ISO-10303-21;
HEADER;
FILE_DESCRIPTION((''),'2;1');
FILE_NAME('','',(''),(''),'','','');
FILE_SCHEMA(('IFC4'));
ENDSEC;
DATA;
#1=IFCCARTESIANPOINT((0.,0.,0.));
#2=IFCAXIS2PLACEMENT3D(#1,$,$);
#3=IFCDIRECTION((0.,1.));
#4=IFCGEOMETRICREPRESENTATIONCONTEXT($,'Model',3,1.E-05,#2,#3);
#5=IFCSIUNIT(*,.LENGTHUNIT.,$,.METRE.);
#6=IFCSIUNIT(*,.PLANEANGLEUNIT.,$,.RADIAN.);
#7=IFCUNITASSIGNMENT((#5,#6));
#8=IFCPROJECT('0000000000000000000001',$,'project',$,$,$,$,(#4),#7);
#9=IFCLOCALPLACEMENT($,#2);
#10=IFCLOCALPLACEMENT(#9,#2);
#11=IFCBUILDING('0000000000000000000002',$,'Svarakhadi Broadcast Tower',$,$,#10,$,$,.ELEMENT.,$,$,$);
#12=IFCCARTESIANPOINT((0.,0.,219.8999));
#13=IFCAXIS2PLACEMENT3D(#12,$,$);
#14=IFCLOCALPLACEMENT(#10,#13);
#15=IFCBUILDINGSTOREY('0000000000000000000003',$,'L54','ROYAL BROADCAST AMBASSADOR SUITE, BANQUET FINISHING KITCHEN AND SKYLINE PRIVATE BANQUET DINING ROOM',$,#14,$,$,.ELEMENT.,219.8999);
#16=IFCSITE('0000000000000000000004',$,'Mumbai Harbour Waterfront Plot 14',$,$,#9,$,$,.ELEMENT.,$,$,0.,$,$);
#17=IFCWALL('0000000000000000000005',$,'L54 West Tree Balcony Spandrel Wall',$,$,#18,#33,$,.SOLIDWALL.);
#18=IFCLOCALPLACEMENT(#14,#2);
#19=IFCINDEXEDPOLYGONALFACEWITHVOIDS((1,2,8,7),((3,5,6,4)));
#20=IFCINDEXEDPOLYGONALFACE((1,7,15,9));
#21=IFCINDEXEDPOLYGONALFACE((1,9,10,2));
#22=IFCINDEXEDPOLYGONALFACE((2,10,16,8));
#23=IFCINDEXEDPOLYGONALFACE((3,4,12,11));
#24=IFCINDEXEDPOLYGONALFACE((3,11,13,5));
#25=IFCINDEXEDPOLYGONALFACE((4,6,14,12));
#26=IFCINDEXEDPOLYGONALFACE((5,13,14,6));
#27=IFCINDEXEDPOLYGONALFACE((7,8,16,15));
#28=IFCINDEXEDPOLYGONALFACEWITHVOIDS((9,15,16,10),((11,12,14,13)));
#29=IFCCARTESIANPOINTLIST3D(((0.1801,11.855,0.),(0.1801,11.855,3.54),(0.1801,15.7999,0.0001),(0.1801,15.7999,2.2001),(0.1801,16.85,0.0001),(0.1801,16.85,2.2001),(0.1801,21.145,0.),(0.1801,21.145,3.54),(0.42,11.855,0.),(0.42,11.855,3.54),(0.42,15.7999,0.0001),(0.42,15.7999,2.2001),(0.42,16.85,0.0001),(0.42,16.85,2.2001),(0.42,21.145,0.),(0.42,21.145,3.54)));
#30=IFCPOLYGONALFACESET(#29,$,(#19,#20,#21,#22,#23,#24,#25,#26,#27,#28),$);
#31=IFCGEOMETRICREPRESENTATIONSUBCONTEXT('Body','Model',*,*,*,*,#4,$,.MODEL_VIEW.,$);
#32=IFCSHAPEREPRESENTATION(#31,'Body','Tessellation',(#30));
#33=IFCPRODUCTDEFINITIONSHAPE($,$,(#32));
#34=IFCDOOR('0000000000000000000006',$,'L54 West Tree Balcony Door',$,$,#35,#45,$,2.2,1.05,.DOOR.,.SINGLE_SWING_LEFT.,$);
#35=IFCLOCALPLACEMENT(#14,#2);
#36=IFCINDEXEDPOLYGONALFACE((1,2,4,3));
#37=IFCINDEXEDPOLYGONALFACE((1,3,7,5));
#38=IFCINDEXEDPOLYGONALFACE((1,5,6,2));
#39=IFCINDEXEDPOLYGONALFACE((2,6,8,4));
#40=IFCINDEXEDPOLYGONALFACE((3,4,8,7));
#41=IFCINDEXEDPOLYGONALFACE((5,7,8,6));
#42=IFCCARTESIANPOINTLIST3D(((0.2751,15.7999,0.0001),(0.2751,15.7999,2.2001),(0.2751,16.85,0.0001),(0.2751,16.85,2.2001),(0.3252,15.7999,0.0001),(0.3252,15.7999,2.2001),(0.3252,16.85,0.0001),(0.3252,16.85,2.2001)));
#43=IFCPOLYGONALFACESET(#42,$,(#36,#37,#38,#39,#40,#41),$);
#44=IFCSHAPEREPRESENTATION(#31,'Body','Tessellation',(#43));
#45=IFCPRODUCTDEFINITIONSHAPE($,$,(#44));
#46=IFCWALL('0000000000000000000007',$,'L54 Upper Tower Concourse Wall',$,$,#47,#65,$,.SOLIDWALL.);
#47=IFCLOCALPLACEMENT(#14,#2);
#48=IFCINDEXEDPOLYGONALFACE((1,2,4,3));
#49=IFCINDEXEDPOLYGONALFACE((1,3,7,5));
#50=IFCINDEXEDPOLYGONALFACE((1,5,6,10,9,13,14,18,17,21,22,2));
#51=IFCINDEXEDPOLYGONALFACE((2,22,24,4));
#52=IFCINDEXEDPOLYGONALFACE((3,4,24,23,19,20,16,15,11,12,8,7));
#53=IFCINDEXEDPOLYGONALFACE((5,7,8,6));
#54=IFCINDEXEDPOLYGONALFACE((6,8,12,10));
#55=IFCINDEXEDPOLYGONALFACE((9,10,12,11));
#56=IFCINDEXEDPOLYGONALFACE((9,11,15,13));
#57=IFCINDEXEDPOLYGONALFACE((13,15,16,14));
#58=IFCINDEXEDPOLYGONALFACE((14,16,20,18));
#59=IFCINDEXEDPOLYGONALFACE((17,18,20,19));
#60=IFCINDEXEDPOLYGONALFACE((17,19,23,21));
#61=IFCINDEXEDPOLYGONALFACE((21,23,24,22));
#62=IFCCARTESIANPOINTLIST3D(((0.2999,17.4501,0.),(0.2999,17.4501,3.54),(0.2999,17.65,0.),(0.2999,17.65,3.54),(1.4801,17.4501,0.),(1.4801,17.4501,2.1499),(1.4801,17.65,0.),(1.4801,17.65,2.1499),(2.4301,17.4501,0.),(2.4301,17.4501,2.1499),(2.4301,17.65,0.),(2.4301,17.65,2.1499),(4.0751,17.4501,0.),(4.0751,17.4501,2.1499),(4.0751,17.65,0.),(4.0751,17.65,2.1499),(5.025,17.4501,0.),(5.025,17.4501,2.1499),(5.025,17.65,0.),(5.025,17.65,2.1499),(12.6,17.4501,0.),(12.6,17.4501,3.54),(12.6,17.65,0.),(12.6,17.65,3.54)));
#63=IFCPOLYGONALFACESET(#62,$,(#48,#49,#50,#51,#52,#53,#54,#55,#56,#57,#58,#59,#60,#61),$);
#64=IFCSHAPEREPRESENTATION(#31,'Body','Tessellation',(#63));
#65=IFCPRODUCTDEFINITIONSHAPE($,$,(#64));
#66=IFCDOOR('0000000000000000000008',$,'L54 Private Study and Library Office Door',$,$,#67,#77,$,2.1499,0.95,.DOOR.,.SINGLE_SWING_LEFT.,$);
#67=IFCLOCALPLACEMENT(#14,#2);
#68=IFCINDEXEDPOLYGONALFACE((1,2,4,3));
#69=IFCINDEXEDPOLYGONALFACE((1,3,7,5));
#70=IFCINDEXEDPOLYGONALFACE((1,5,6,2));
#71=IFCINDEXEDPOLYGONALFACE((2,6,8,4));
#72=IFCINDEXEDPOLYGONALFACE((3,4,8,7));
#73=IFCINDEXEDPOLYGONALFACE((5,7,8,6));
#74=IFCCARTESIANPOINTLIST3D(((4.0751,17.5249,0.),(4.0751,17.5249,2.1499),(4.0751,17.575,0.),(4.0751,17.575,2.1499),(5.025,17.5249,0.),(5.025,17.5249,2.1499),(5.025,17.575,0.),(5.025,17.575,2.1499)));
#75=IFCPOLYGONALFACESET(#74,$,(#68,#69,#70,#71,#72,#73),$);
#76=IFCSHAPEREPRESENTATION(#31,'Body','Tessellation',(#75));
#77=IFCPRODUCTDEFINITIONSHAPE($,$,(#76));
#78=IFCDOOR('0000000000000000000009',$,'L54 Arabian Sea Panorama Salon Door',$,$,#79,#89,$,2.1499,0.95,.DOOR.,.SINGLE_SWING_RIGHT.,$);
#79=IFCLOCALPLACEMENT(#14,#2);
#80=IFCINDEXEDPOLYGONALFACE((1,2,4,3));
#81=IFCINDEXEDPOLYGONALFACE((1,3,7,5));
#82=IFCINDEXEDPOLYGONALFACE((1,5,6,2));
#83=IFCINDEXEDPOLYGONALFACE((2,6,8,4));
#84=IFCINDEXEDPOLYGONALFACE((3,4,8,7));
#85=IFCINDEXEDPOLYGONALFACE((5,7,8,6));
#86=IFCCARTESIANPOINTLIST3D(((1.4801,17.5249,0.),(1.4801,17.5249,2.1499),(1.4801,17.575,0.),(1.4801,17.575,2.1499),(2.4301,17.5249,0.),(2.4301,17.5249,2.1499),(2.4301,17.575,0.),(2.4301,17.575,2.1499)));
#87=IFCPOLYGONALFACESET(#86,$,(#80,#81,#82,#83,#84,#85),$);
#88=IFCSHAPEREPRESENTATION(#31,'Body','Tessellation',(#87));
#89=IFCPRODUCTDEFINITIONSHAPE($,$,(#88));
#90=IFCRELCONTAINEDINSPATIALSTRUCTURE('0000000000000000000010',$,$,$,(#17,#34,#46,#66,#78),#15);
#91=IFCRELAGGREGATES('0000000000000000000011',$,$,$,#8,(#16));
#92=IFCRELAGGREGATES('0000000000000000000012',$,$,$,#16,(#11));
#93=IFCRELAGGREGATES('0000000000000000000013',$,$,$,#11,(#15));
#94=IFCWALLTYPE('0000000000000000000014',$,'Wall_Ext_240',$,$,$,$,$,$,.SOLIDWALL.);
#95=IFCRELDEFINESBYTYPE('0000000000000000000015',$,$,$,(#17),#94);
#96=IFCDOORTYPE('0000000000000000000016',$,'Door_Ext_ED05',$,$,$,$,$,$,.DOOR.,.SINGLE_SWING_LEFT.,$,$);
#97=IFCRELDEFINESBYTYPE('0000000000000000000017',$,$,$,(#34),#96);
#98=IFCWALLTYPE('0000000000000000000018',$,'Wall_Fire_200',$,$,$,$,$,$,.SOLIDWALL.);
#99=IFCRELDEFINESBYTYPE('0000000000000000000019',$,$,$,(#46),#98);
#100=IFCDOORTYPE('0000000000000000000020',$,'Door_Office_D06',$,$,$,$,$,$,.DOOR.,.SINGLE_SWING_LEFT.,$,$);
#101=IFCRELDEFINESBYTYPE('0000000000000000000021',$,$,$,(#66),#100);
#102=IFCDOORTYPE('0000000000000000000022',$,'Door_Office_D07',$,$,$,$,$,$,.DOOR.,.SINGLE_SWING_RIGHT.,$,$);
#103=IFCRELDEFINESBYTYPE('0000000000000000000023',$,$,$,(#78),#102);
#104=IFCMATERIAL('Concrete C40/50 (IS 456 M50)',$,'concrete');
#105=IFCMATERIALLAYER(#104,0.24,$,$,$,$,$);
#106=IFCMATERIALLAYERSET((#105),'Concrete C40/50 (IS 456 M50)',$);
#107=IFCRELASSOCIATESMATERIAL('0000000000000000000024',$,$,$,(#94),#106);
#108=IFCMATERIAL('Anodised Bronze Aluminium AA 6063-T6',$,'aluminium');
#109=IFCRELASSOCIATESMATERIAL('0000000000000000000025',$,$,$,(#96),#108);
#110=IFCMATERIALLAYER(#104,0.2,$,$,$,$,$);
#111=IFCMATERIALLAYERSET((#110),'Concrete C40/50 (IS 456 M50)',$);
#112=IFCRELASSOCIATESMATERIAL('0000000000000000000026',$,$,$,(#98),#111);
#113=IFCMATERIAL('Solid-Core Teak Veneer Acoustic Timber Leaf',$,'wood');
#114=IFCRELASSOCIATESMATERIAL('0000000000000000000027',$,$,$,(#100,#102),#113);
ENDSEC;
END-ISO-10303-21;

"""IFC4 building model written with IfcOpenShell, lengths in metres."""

from ifc_helpers import new_model, si_unit, direction, frame, frame_2d, origin, place, context, subcontext, project, spatial, rectangle, extrude, material, layer, layer_set, type_object, element, fill, save


model = new_model("IFC4")

# Units and contexts
model_context = context("Model", 3, precision=1e-05, world=origin(), true_north=direction((0.0, 1.0)))
body_context = subcontext(model_context, "Body", "Model", "MODEL_VIEW")
ifc_project = project(units=[si_unit("LENGTHUNIT", "METRE"), si_unit("PLANEANGLEUNIT", "RADIAN")], contexts=[model_context])

# Site, building, storey
site_placement = place(None, origin())
site = spatial("IfcSite", under=ifc_project, at=site_placement, Name="Mumbai Harbour Waterfront Plot 14", CompositionType="ELEMENT", RefElevation=0.0)
building_placement = place(site_placement, origin())
building = spatial("IfcBuilding", under=site, at=building_placement, Name="Svarakhadi Broadcast Tower", CompositionType="ELEMENT")
storey_placement = place(building_placement, frame((0.0, 0.0, 219.8999)))
storey = spatial("IfcBuildingStorey", under=building, at=storey_placement, Name="L54", Description="ROYAL BROADCAST AMBASSADOR SUITE, BANQUET FINISHING KITCHEN AND SKYLINE PRIVATE BANQUET DINING ROOM", CompositionType="ELEMENT", Elevation=219.8999)

# Shared definitions
ifc_material_1 = material(Name="Anodised Bronze Aluminium AA 6063-T6", Category="aluminium")

# Wall, opening, door
ifc_material_2 = material(Name="Concrete C40/50 (IS 456 M50)", Category="concrete")
ifc_layer_1 = layer(ifc_material_2, 0.24)
ifc_layer_set_1 = layer_set([ifc_layer_1], Name="Concrete C40/50 (IS 456 M50)")
wall_type_1 = type_object("IfcWallType", Name="Wall_Ext_240", PredefinedType="SOLIDWALL", material=ifc_layer_set_1)
wall_1_placement = place(storey_placement, frame((0.3, 11.855, 0.0), z_axis=(0.0, 0.0, 1.0), x_axis=(0.0, 1.0, 0.0)))
wall_1 = element("IfcWall", 1, at=wall_1_placement, inside=storey, type_object=wall_type_1, Name="L54 West Tree Balcony Spandrel Wall", PredefinedType="SOLIDWALL", context=body_context, shape_type="SweptSolid", body=[
    extrude(rectangle(XDim=9.29, YDim=0.24, at=frame_2d((4.645, 0.0))), origin(), (0.0, 0.0, 1.0), 3.54),
])
opening_1_placement = place(wall_1_placement, frame((3.9451, 0.0, 0.0)))
opening_1 = element("IfcOpeningElement", 2, at=opening_1_placement, cuts=wall_1, PredefinedType="OPENING", context=body_context, shape_type="SweptSolid", body=[
    extrude(rectangle(XDim=1.05, YDim=2.2, at=frame_2d((0.5249, 1.1001))), frame((0.0, 0.1299, 0.0), z_axis=(0.0, -1.0, 0.0), x_axis=(1.0, 0.0, 0.0)), (0.0, 0.0, 1.0), 0.26),
])
door_type_1 = type_object("IfcDoorType", Name="Door_Ext_ED05", OperationType="SINGLE_SWING_LEFT", PredefinedType="DOOR", material=ifc_material_1)
door_1_placement = place(opening_1_placement, origin())
door_1 = element("IfcDoor", 3, at=door_1_placement, inside=storey, type_object=door_type_1, Name="L54 West Tree Balcony Door", OperationType="SINGLE_SWING_LEFT", OverallHeight=2.2, OverallWidth=1.05, PredefinedType="DOOR", context=body_context, shape_type="SweptSolid", body=[
    extrude(rectangle(XDim=1.05, YDim=2.2, at=frame_2d((0.5249, 1.1001))), frame((0.0, 0.0249, 0.0), z_axis=(0.0, -1.0, 0.0), x_axis=(1.0, 0.0, 0.0)), (0.0, 0.0, 1.0), 0.05),
])
fill(opening_1, door_1)

# Wall, openings, doors
ifc_layer_2 = layer(ifc_material_2, 0.2)
ifc_layer_set_2 = layer_set([ifc_layer_2], Name="Concrete C40/50 (IS 456 M50)")
wall_type_2 = type_object("IfcWallType", Name="Wall_Fire_200", PredefinedType="SOLIDWALL", material=ifc_layer_set_2)
wall_2_placement = place(storey_placement, frame((0.3, 17.55, 0.0), z_axis=(0.0, 0.0, 1.0), x_axis=(1.0, 0.0, 0.0)))
wall_2 = element("IfcWall", 4, at=wall_2_placement, inside=storey, type_object=wall_type_2, Name="L54 Upper Tower Concourse Wall", PredefinedType="SOLIDWALL", context=body_context, shape_type="SweptSolid", body=[
    extrude(rectangle(XDim=12.3, YDim=0.2, at=frame_2d((6.1499, 0.0))), origin(), (0.0, 0.0, 1.0), 3.54),
])
opening_2_placement = place(wall_2_placement, frame((1.1799, 0.0, 0.0)))
opening_2 = element("IfcOpeningElement", 5, at=opening_2_placement, cuts=wall_2, PredefinedType="OPENING", context=body_context, shape_type="SweptSolid", body=[
    extrude(rectangle(XDim=0.95, YDim=2.1499, at=frame_2d((0.4751, 1.075))), frame((0.0, 0.1099, 0.0), z_axis=(0.0, -1.0, 0.0), x_axis=(1.0, 0.0, 0.0)), (0.0, 0.0, 1.0), 0.22),
])
opening_3_placement = place(wall_2_placement, frame((3.7749, 0.0, 0.0)))
opening_3 = element("IfcOpeningElement", 6, at=opening_3_placement, cuts=wall_2, PredefinedType="OPENING", context=body_context, shape_type="SweptSolid", body=[
    extrude(rectangle(XDim=0.95, YDim=2.1499, at=frame_2d((0.4751, 1.075))), frame((0.0, 0.1099, 0.0), z_axis=(0.0, -1.0, 0.0), x_axis=(1.0, 0.0, 0.0)), (0.0, 0.0, 1.0), 0.22),
])
ifc_material_3 = material(Name="Solid-Core Teak Veneer Acoustic Timber Leaf", Category="wood")
door_type_2 = type_object("IfcDoorType", Name="Door_Office_D06", OperationType="SINGLE_SWING_LEFT", PredefinedType="DOOR", material=ifc_material_3)
door_2_placement = place(opening_3_placement, origin())
door_2 = element("IfcDoor", 7, at=door_2_placement, inside=storey, type_object=door_type_2, Name="L54 Private Study and Library Office Door", OperationType="SINGLE_SWING_LEFT", OverallHeight=2.1499, OverallWidth=0.95, PredefinedType="DOOR", context=body_context, shape_type="SweptSolid", body=[
    extrude(rectangle(XDim=0.95, YDim=2.1499, at=frame_2d((0.4751, 1.075))), frame((0.0, 0.0249, 0.0), z_axis=(0.0, -1.0, 0.0), x_axis=(1.0, 0.0, 0.0)), (0.0, 0.0, 1.0), 0.05),
])
fill(opening_3, door_2)
door_type_3 = type_object("IfcDoorType", Name="Door_Office_D07", OperationType="SINGLE_SWING_RIGHT", PredefinedType="DOOR", material=ifc_material_3)
door_3_placement = place(opening_2_placement, origin())
door_3 = element("IfcDoor", 8, at=door_3_placement, inside=storey, type_object=door_type_3, Name="L54 Arabian Sea Panorama Salon Door", OperationType="SINGLE_SWING_RIGHT", OverallHeight=2.1499, OverallWidth=0.95, PredefinedType="DOOR", context=body_context, shape_type="SweptSolid", body=[
    extrude(rectangle(XDim=0.95, YDim=2.1499, at=frame_2d((0.4751, 1.075))), frame((0.0, 0.0249, 0.0), z_axis=(0.0, -1.0, 0.0), x_axis=(1.0, 0.0, 0.0)), (0.0, 0.0, 1.0), 0.05),
])
fill(opening_2, door_3)

save(model, "model.ifc")
